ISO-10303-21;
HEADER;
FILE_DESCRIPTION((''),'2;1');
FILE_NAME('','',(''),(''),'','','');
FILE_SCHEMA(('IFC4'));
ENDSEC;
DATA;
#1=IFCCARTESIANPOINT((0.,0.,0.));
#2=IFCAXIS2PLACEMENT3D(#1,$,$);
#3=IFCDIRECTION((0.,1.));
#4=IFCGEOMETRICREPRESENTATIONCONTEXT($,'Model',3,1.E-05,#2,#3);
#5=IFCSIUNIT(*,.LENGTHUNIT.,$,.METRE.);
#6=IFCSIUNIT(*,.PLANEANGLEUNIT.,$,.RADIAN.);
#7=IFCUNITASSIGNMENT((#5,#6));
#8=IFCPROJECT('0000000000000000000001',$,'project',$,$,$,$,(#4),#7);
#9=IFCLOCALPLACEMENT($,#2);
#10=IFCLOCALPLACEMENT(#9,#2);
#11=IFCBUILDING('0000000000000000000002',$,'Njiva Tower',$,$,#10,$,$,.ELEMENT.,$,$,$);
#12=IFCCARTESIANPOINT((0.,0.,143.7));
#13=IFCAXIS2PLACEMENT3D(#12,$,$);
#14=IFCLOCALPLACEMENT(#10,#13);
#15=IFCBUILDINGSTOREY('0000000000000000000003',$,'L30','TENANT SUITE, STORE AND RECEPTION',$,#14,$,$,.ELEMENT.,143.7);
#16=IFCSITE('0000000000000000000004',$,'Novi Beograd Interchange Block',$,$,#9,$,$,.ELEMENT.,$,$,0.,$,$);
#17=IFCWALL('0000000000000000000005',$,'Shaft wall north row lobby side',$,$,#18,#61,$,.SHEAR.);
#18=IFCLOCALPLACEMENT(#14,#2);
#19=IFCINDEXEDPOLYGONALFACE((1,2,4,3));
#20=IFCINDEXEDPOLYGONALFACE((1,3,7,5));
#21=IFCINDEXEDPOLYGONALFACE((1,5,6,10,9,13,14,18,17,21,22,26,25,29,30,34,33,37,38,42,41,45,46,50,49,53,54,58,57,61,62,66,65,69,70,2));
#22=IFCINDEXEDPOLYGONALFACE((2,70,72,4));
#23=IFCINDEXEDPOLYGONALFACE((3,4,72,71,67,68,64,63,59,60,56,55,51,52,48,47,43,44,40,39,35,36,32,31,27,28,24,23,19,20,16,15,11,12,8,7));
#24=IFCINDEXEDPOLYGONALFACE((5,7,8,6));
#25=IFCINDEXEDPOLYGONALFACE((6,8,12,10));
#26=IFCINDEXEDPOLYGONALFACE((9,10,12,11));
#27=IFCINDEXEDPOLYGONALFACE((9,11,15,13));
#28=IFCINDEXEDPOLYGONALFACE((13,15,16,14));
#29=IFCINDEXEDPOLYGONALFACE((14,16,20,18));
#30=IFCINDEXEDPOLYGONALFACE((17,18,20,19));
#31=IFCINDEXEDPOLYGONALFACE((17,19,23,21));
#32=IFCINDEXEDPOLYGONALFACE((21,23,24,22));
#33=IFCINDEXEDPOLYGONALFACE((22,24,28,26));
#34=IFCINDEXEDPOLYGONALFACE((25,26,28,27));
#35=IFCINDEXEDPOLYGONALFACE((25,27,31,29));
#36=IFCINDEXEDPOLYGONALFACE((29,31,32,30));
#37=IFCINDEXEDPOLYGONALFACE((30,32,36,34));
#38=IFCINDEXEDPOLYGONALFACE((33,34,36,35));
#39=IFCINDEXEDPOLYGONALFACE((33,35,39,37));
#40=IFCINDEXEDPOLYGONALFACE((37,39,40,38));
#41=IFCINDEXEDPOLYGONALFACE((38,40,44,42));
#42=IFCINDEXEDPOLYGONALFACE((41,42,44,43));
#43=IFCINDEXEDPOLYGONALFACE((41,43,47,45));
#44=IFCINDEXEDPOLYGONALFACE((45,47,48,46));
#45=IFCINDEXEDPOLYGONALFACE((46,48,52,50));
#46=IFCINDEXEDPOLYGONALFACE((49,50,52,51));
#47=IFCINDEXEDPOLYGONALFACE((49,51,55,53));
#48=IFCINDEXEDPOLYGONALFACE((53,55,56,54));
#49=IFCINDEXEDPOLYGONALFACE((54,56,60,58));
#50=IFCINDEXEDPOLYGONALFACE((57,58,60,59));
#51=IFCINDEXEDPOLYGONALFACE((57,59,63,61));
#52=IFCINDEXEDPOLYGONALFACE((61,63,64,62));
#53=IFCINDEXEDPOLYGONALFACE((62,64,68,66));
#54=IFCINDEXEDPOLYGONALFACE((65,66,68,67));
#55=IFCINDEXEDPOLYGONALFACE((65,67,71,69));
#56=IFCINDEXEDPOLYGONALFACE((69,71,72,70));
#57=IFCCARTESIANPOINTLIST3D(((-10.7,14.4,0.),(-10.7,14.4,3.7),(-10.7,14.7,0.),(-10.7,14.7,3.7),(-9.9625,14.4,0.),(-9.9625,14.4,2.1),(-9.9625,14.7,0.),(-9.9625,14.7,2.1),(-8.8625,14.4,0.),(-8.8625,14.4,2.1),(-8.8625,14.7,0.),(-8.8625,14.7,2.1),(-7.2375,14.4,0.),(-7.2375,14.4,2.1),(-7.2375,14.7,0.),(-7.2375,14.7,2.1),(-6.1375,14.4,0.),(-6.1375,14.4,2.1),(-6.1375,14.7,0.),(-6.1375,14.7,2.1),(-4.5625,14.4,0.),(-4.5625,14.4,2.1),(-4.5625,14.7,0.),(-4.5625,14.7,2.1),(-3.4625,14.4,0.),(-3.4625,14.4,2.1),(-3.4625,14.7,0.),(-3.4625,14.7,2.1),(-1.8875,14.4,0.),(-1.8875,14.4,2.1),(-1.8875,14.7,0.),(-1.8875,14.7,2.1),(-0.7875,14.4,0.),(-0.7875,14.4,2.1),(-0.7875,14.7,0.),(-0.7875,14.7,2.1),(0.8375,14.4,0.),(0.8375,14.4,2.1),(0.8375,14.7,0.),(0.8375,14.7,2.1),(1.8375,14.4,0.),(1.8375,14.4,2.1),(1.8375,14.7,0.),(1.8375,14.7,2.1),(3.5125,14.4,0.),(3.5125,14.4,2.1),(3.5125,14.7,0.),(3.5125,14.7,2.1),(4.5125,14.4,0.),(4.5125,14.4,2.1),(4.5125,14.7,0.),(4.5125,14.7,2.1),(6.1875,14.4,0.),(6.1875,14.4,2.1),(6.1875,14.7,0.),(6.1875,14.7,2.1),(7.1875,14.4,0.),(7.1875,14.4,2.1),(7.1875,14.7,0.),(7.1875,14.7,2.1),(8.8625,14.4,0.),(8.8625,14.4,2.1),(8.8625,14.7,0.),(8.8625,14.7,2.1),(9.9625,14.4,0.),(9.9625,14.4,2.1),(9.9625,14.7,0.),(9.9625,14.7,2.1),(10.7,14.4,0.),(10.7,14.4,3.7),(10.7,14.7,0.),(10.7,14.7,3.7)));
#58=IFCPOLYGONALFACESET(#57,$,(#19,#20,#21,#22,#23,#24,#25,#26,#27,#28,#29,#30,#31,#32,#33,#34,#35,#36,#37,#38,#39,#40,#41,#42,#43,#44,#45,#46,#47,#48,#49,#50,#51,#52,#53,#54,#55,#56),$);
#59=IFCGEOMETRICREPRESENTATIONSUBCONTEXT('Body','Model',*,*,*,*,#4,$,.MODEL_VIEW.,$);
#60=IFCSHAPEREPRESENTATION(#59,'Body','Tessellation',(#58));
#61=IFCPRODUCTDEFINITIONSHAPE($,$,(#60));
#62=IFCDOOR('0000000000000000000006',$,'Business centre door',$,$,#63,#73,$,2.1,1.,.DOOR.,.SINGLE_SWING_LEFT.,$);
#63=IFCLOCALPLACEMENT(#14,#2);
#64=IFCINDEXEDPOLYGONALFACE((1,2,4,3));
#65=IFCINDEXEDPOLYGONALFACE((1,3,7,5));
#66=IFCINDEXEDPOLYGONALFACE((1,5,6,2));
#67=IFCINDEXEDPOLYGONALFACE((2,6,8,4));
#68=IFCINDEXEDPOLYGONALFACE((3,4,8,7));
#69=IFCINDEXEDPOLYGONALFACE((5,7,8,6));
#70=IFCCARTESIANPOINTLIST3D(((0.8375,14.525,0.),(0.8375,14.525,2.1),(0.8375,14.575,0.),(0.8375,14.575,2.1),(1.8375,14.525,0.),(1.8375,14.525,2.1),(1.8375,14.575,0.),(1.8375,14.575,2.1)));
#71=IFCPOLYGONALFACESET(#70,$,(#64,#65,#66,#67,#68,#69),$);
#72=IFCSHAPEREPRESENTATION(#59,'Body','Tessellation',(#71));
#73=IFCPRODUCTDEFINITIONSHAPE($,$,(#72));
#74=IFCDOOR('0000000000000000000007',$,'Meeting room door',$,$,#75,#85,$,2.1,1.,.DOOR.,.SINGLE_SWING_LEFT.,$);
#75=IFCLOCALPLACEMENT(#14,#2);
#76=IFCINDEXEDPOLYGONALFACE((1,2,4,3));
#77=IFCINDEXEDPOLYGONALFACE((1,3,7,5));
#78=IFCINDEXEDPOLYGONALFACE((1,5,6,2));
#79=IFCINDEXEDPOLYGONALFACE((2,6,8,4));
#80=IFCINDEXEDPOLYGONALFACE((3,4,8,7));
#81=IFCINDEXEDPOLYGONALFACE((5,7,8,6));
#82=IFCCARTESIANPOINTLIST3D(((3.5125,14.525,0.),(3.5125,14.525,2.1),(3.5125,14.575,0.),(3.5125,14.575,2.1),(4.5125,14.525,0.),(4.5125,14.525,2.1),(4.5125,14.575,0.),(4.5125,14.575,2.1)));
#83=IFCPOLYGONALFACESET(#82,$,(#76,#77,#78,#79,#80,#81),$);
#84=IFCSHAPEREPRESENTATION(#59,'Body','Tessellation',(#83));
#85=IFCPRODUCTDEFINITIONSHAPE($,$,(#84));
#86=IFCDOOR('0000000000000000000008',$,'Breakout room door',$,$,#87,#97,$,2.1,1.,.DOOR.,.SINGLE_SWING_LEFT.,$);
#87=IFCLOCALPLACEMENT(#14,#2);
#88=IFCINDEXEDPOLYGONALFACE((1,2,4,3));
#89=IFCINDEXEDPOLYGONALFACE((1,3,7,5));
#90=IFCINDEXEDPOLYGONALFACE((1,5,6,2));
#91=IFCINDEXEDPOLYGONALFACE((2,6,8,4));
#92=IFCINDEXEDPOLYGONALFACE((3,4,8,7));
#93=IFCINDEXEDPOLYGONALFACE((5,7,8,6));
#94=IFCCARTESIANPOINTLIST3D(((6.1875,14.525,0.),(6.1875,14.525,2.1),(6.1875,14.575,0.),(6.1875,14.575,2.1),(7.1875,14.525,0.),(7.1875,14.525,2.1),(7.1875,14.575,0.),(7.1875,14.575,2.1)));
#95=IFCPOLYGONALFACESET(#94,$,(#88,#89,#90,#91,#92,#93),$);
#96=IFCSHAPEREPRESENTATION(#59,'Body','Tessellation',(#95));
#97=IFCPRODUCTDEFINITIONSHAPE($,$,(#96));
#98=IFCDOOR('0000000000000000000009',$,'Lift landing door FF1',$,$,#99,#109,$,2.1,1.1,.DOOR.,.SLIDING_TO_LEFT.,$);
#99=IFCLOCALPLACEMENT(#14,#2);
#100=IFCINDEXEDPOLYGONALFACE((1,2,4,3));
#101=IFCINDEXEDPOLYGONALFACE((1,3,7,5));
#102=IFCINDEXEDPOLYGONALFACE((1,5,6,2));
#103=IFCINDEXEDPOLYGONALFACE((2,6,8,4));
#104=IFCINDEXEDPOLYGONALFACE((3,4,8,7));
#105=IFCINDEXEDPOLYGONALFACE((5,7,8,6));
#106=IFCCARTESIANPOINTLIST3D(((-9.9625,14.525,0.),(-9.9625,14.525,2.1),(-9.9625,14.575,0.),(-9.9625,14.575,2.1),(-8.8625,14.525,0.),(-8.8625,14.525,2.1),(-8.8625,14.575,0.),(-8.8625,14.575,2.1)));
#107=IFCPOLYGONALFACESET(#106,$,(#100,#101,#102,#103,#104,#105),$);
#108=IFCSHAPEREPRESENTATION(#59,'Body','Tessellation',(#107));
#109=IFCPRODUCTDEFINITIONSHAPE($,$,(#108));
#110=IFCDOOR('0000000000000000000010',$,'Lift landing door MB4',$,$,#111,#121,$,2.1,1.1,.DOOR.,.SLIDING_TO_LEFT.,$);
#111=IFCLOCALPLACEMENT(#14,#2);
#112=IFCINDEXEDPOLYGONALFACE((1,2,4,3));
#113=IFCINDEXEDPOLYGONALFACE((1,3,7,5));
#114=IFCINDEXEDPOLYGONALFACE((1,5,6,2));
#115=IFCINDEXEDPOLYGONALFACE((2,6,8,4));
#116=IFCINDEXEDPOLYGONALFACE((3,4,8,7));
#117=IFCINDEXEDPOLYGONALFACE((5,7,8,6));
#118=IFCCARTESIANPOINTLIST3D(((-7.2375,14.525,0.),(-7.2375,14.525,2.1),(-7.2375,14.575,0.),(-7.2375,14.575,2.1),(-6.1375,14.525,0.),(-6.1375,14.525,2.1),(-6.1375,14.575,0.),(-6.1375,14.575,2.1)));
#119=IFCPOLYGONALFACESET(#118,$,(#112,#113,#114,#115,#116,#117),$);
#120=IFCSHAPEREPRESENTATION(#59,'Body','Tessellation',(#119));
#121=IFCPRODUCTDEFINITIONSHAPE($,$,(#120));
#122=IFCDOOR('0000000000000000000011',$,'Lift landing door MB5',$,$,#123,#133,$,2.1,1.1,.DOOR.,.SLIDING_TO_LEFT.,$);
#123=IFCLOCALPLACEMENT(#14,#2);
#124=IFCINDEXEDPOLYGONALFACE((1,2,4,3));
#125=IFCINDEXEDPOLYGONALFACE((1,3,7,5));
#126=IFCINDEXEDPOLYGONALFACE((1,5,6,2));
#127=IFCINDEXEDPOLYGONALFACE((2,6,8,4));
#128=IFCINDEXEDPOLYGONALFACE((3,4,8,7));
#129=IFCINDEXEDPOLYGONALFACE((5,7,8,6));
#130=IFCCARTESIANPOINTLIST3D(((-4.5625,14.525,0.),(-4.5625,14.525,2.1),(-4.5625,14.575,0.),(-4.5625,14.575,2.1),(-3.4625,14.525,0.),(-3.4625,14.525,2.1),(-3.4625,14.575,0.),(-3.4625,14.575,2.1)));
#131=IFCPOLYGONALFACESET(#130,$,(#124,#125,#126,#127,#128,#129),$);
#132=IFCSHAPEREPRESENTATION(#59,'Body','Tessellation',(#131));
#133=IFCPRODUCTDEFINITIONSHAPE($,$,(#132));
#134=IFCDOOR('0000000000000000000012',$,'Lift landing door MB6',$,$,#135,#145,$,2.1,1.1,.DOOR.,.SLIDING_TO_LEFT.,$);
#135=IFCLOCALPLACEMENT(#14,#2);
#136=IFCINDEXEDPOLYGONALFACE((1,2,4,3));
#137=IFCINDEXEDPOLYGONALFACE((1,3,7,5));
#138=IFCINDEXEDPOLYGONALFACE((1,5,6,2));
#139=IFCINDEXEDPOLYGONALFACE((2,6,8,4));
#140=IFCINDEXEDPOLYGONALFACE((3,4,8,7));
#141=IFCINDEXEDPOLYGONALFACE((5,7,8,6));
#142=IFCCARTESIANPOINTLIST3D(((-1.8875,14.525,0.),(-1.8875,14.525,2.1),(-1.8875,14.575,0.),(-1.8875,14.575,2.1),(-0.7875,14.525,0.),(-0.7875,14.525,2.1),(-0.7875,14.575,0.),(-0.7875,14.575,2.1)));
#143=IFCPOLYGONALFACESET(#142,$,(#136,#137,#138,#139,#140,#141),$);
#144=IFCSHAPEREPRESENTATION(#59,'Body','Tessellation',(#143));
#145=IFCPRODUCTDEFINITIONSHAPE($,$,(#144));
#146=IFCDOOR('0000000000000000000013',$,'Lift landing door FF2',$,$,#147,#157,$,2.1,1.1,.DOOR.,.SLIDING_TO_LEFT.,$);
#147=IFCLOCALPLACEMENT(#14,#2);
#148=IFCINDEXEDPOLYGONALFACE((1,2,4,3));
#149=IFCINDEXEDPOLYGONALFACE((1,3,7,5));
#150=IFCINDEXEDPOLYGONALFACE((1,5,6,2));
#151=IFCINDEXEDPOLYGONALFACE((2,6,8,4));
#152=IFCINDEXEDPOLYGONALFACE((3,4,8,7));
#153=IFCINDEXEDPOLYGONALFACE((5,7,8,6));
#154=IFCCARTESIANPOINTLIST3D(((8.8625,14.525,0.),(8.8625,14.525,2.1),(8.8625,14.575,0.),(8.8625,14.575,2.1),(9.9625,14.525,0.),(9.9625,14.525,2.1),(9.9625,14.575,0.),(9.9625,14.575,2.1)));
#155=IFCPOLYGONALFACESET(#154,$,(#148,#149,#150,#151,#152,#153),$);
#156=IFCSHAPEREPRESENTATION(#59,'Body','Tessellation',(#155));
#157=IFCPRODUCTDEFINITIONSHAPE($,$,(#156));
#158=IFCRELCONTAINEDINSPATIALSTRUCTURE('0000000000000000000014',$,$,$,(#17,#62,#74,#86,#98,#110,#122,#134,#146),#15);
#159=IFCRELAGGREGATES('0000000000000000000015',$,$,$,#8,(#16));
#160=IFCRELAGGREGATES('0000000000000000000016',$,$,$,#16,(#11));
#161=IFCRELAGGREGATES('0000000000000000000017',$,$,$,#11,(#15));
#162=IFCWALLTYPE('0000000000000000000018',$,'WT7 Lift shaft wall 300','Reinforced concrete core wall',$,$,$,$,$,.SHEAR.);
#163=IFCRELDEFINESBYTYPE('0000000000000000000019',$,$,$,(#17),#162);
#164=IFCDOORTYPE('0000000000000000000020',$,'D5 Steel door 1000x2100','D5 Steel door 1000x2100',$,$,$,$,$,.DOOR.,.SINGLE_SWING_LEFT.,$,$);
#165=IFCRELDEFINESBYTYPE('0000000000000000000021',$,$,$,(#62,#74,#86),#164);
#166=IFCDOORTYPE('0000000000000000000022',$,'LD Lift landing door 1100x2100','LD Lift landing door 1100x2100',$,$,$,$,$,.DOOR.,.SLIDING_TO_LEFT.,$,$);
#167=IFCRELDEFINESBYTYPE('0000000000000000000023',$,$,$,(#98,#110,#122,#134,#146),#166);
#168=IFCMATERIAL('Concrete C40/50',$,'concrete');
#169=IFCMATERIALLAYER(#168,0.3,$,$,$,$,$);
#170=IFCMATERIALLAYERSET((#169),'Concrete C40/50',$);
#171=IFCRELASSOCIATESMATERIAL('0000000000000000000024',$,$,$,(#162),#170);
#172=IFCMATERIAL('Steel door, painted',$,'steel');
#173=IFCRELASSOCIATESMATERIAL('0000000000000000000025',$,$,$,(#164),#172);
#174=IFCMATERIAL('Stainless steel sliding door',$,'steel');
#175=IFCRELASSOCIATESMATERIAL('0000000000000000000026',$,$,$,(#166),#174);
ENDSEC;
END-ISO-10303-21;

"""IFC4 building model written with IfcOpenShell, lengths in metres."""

from ifc_helpers import new_model, si_unit, direction, frame, frame_2d, origin, place, context, subcontext, project, spatial, rectangle, extrude, material, layer, layer_set, type_object, element, fill, save


model = new_model("IFC4")

# Units and contexts
model_context = context("Model", 3, precision=1e-05, world=origin(), true_north=direction((0.0, 1.0)))
body_context = subcontext(model_context, "Body", "Model", "MODEL_VIEW")
ifc_project = project(units=[si_unit("LENGTHUNIT", "METRE"), si_unit("PLANEANGLEUNIT", "RADIAN")], contexts=[model_context])

# Site, building, storey
site_placement = place(None, origin())
site = spatial("IfcSite", under=ifc_project, at=site_placement, Name="Novi Beograd Interchange Block", CompositionType="ELEMENT", RefElevation=0.0)
building_placement = place(site_placement, origin())
building = spatial("IfcBuilding", under=site, at=building_placement, Name="Njiva Tower", CompositionType="ELEMENT")
storey_placement = place(building_placement, frame((0.0, 0.0, 143.7)))
storey = spatial("IfcBuildingStorey", under=building, at=storey_placement, Name="L30", Description="TENANT SUITE, STORE AND RECEPTION", CompositionType="ELEMENT", Elevation=143.7)

# Wall, openings, doors
ifc_material_1 = material(Name="Concrete C40/50", Category="concrete")
ifc_layer = layer(ifc_material_1, 0.3)
ifc_layer_set = layer_set([ifc_layer], Name="Concrete C40/50")
wall_type = type_object("IfcWallType", Name="WT7 Lift shaft wall 300", Description="Reinforced concrete core wall", PredefinedType="SHEAR", material=ifc_layer_set)
wall_1_placement = place(storey_placement, frame((-10.7, 14.55, 0.0), z_axis=(0.0, 0.0, 1.0), x_axis=(1.0, 0.0, 0.0)))
wall_1 = element("IfcWall", 1, at=wall_1_placement, inside=storey, type_object=wall_type, Name="Shaft wall north row lobby side", PredefinedType="SHEAR", context=body_context, shape_type="SweptSolid", body=[
    extrude(rectangle(XDim=21.4, YDim=0.3, at=frame_2d((10.7, 0.0))), origin(), (0.0, 0.0, 1.0), 3.7),
])
opening_1_placement = place(wall_1_placement, frame((0.7375, 0.0, 0.0)))
opening_1 = element("IfcOpeningElement", 2, at=opening_1_placement, cuts=wall_1, PredefinedType="OPENING", context=body_context, shape_type="SweptSolid", body=[
    extrude(rectangle(XDim=1.1, YDim=2.1, at=frame_2d((0.55, 1.05))), frame((0.0, 0.16, 0.0), z_axis=(0.0, -1.0, 0.0), x_axis=(1.0, 0.0, 0.0)), (0.0, 0.0, 1.0), 0.32),
])
opening_2_placement = place(wall_1_placement, frame((3.4625, 0.0, 0.0)))
opening_2 = element("IfcOpeningElement", 3, at=opening_2_placement, cuts=wall_1, PredefinedType="OPENING", context=body_context, shape_type="SweptSolid", body=[
    extrude(rectangle(XDim=1.1, YDim=2.1, at=frame_2d((0.55, 1.05))), frame((0.0, 0.16, 0.0), z_axis=(0.0, -1.0, 0.0), x_axis=(1.0, 0.0, 0.0)), (0.0, 0.0, 1.0), 0.32),
])
opening_3_placement = place(wall_1_placement, frame((6.1375, 0.0, 0.0)))
opening_3 = element("IfcOpeningElement", 4, at=opening_3_placement, cuts=wall_1, PredefinedType="OPENING", context=body_context, shape_type="SweptSolid", body=[
    extrude(rectangle(XDim=1.1, YDim=2.1, at=frame_2d((0.55, 1.05))), frame((0.0, 0.16, 0.0), z_axis=(0.0, -1.0, 0.0), x_axis=(1.0, 0.0, 0.0)), (0.0, 0.0, 1.0), 0.32),
])
opening_4_placement = place(wall_1_placement, frame((8.8125, 0.0, 0.0)))
opening_4 = element("IfcOpeningElement", 5, at=opening_4_placement, cuts=wall_1, PredefinedType="OPENING", context=body_context, shape_type="SweptSolid", body=[
    extrude(rectangle(XDim=1.1, YDim=2.1, at=frame_2d((0.55, 1.05))), frame((0.0, 0.16, 0.0), z_axis=(0.0, -1.0, 0.0), x_axis=(1.0, 0.0, 0.0)), (0.0, 0.0, 1.0), 0.32),
])
opening_5_placement = place(wall_1_placement, frame((19.5625, 0.0, 0.0)))
opening_5 = element("IfcOpeningElement", 6, at=opening_5_placement, cuts=wall_1, PredefinedType="OPENING", context=body_context, shape_type="SweptSolid", body=[
    extrude(rectangle(XDim=1.1, YDim=2.1, at=frame_2d((0.55, 1.05))), frame((0.0, 0.16, 0.0), z_axis=(0.0, -1.0, 0.0), x_axis=(1.0, 0.0, 0.0)), (0.0, 0.0, 1.0), 0.32),
])
opening_6_placement = place(wall_1_placement, frame((11.5375, 0.0, 0.0)))
opening_6 = element("IfcOpeningElement", 7, at=opening_6_placement, cuts=wall_1, PredefinedType="OPENING", context=body_context, shape_type="SweptSolid", body=[
    extrude(rectangle(XDim=1.0, YDim=2.1, at=frame_2d((0.5, 1.05))), frame((0.0, 0.16, 0.0), z_axis=(0.0, -1.0, 0.0), x_axis=(1.0, 0.0, 0.0)), (0.0, 0.0, 1.0), 0.32),
])
opening_7_placement = place(wall_1_placement, frame((14.2125, 0.0, 0.0)))
opening_7 = element("IfcOpeningElement", 8, at=opening_7_placement, cuts=wall_1, PredefinedType="OPENING", context=body_context, shape_type="SweptSolid", body=[
    extrude(rectangle(XDim=1.0, YDim=2.1, at=frame_2d((0.5, 1.05))), frame((0.0, 0.16, 0.0), z_axis=(0.0, -1.0, 0.0), x_axis=(1.0, 0.0, 0.0)), (0.0, 0.0, 1.0), 0.32),
])
opening_8_placement = place(wall_1_placement, frame((16.8875, 0.0, 0.0)))
opening_8 = element("IfcOpeningElement", 9, at=opening_8_placement, cuts=wall_1, PredefinedType="OPENING", context=body_context, shape_type="SweptSolid", body=[
    extrude(rectangle(XDim=1.0, YDim=2.1, at=frame_2d((0.5, 1.05))), frame((0.0, 0.16, 0.0), z_axis=(0.0, -1.0, 0.0), x_axis=(1.0, 0.0, 0.0)), (0.0, 0.0, 1.0), 0.32),
])
ifc_material_2 = material(Name="Steel door, painted", Category="steel")
door_type_1 = type_object("IfcDoorType", Name="D5 Steel door 1000x2100", Description="D5 Steel door 1000x2100", OperationType="SINGLE_SWING_LEFT", PredefinedType="DOOR", material=ifc_material_2)
door_1_placement = place(opening_6_placement, origin())
door_1 = element("IfcDoor", 10, at=door_1_placement, inside=storey, type_object=door_type_1, Name="Business centre door", OperationType="SINGLE_SWING_LEFT", OverallHeight=2.1, OverallWidth=1.0, PredefinedType="DOOR", context=body_context, shape_type="SweptSolid", body=[
    extrude(rectangle(XDim=1.0, YDim=2.1, at=frame_2d((0.5, 1.05))), frame((0.0, 0.025, 0.0), z_axis=(0.0, -1.0, 0.0), x_axis=(1.0, 0.0, 0.0)), (0.0, 0.0, 1.0), 0.05),
])
fill(opening_6, door_1)
door_2_placement = place(opening_7_placement, origin())
door_2 = element("IfcDoor", 11, at=door_2_placement, inside=storey, type_object=door_type_1, Name="Meeting room door", OperationType="SINGLE_SWING_LEFT", OverallHeight=2.1, OverallWidth=1.0, PredefinedType="DOOR", context=body_context, shape_type="SweptSolid", body=[
    extrude(rectangle(XDim=1.0, YDim=2.1, at=frame_2d((0.5, 1.05))), frame((0.0, 0.025, 0.0), z_axis=(0.0, -1.0, 0.0), x_axis=(1.0, 0.0, 0.0)), (0.0, 0.0, 1.0), 0.05),
])
fill(opening_7, door_2)
door_3_placement = place(opening_8_placement, origin())
door_3 = element("IfcDoor", 12, at=door_3_placement, inside=storey, type_object=door_type_1, Name="Breakout room door", OperationType="SINGLE_SWING_LEFT", OverallHeight=2.1, OverallWidth=1.0, PredefinedType="DOOR", context=body_context, shape_type="SweptSolid", body=[
    extrude(rectangle(XDim=1.0, YDim=2.1, at=frame_2d((0.5, 1.05))), frame((0.0, 0.025, 0.0), z_axis=(0.0, -1.0, 0.0), x_axis=(1.0, 0.0, 0.0)), (0.0, 0.0, 1.0), 0.05),
])
fill(opening_8, door_3)
ifc_material_3 = material(Name="Stainless steel sliding door", Category="steel")
door_type_2 = type_object("IfcDoorType", Name="LD Lift landing door 1100x2100", Description="LD Lift landing door 1100x2100", OperationType="SLIDING_TO_LEFT", PredefinedType="DOOR", material=ifc_material_3)
door_4_placement = place(opening_1_placement, origin())
door_4 = element("IfcDoor", 13, at=door_4_placement, inside=storey, type_object=door_type_2, Name="Lift landing door FF1", OperationType="SLIDING_TO_LEFT", OverallHeight=2.1, OverallWidth=1.1, PredefinedType="DOOR", context=body_context, shape_type="SweptSolid", body=[
    extrude(rectangle(XDim=1.1, YDim=2.1, at=frame_2d((0.55, 1.05))), frame((0.0, 0.025, 0.0), z_axis=(0.0, -1.0, 0.0), x_axis=(1.0, 0.0, 0.0)), (0.0, 0.0, 1.0), 0.05),
])
fill(opening_1, door_4)
door_5_placement = place(opening_2_placement, origin())
door_5 = element("IfcDoor", 14, at=door_5_placement, inside=storey, type_object=door_type_2, Name="Lift landing door MB4", OperationType="SLIDING_TO_LEFT", OverallHeight=2.1, OverallWidth=1.1, PredefinedType="DOOR", context=body_context, shape_type="SweptSolid", body=[
    extrude(rectangle(XDim=1.1, YDim=2.1, at=frame_2d((0.55, 1.05))), frame((0.0, 0.025, 0.0), z_axis=(0.0, -1.0, 0.0), x_axis=(1.0, 0.0, 0.0)), (0.0, 0.0, 1.0), 0.05),
])
fill(opening_2, door_5)
door_6_placement = place(opening_3_placement, origin())
door_6 = element("IfcDoor", 15, at=door_6_placement, inside=storey, type_object=door_type_2, Name="Lift landing door MB5", OperationType="SLIDING_TO_LEFT", OverallHeight=2.1, OverallWidth=1.1, PredefinedType="DOOR", context=body_context, shape_type="SweptSolid", body=[
    extrude(rectangle(XDim=1.1, YDim=2.1, at=frame_2d((0.55, 1.05))), frame((0.0, 0.025, 0.0), z_axis=(0.0, -1.0, 0.0), x_axis=(1.0, 0.0, 0.0)), (0.0, 0.0, 1.0), 0.05),
])
fill(opening_3, door_6)
door_7_placement = place(opening_4_placement, origin())
door_7 = element("IfcDoor", 16, at=door_7_placement, inside=storey, type_object=door_type_2, Name="Lift landing door MB6", OperationType="SLIDING_TO_LEFT", OverallHeight=2.1, OverallWidth=1.1, PredefinedType="DOOR", context=body_context, shape_type="SweptSolid", body=[
    extrude(rectangle(XDim=1.1, YDim=2.1, at=frame_2d((0.55, 1.05))), frame((0.0, 0.025, 0.0), z_axis=(0.0, -1.0, 0.0), x_axis=(1.0, 0.0, 0.0)), (0.0, 0.0, 1.0), 0.05),
])
fill(opening_4, door_7)
door_8_placement = place(opening_5_placement, origin())
door_8 = element("IfcDoor", 17, at=door_8_placement, inside=storey, type_object=door_type_2, Name="Lift landing door FF2", OperationType="SLIDING_TO_LEFT", OverallHeight=2.1, OverallWidth=1.1, PredefinedType="DOOR", context=body_context, shape_type="SweptSolid", body=[
    extrude(rectangle(XDim=1.1, YDim=2.1, at=frame_2d((0.55, 1.05))), frame((0.0, 0.025, 0.0), z_axis=(0.0, -1.0, 0.0), x_axis=(1.0, 0.0, 0.0)), (0.0, 0.0, 1.0), 0.05),
])
fill(opening_5, door_8)

save(model, "model.ifc")
